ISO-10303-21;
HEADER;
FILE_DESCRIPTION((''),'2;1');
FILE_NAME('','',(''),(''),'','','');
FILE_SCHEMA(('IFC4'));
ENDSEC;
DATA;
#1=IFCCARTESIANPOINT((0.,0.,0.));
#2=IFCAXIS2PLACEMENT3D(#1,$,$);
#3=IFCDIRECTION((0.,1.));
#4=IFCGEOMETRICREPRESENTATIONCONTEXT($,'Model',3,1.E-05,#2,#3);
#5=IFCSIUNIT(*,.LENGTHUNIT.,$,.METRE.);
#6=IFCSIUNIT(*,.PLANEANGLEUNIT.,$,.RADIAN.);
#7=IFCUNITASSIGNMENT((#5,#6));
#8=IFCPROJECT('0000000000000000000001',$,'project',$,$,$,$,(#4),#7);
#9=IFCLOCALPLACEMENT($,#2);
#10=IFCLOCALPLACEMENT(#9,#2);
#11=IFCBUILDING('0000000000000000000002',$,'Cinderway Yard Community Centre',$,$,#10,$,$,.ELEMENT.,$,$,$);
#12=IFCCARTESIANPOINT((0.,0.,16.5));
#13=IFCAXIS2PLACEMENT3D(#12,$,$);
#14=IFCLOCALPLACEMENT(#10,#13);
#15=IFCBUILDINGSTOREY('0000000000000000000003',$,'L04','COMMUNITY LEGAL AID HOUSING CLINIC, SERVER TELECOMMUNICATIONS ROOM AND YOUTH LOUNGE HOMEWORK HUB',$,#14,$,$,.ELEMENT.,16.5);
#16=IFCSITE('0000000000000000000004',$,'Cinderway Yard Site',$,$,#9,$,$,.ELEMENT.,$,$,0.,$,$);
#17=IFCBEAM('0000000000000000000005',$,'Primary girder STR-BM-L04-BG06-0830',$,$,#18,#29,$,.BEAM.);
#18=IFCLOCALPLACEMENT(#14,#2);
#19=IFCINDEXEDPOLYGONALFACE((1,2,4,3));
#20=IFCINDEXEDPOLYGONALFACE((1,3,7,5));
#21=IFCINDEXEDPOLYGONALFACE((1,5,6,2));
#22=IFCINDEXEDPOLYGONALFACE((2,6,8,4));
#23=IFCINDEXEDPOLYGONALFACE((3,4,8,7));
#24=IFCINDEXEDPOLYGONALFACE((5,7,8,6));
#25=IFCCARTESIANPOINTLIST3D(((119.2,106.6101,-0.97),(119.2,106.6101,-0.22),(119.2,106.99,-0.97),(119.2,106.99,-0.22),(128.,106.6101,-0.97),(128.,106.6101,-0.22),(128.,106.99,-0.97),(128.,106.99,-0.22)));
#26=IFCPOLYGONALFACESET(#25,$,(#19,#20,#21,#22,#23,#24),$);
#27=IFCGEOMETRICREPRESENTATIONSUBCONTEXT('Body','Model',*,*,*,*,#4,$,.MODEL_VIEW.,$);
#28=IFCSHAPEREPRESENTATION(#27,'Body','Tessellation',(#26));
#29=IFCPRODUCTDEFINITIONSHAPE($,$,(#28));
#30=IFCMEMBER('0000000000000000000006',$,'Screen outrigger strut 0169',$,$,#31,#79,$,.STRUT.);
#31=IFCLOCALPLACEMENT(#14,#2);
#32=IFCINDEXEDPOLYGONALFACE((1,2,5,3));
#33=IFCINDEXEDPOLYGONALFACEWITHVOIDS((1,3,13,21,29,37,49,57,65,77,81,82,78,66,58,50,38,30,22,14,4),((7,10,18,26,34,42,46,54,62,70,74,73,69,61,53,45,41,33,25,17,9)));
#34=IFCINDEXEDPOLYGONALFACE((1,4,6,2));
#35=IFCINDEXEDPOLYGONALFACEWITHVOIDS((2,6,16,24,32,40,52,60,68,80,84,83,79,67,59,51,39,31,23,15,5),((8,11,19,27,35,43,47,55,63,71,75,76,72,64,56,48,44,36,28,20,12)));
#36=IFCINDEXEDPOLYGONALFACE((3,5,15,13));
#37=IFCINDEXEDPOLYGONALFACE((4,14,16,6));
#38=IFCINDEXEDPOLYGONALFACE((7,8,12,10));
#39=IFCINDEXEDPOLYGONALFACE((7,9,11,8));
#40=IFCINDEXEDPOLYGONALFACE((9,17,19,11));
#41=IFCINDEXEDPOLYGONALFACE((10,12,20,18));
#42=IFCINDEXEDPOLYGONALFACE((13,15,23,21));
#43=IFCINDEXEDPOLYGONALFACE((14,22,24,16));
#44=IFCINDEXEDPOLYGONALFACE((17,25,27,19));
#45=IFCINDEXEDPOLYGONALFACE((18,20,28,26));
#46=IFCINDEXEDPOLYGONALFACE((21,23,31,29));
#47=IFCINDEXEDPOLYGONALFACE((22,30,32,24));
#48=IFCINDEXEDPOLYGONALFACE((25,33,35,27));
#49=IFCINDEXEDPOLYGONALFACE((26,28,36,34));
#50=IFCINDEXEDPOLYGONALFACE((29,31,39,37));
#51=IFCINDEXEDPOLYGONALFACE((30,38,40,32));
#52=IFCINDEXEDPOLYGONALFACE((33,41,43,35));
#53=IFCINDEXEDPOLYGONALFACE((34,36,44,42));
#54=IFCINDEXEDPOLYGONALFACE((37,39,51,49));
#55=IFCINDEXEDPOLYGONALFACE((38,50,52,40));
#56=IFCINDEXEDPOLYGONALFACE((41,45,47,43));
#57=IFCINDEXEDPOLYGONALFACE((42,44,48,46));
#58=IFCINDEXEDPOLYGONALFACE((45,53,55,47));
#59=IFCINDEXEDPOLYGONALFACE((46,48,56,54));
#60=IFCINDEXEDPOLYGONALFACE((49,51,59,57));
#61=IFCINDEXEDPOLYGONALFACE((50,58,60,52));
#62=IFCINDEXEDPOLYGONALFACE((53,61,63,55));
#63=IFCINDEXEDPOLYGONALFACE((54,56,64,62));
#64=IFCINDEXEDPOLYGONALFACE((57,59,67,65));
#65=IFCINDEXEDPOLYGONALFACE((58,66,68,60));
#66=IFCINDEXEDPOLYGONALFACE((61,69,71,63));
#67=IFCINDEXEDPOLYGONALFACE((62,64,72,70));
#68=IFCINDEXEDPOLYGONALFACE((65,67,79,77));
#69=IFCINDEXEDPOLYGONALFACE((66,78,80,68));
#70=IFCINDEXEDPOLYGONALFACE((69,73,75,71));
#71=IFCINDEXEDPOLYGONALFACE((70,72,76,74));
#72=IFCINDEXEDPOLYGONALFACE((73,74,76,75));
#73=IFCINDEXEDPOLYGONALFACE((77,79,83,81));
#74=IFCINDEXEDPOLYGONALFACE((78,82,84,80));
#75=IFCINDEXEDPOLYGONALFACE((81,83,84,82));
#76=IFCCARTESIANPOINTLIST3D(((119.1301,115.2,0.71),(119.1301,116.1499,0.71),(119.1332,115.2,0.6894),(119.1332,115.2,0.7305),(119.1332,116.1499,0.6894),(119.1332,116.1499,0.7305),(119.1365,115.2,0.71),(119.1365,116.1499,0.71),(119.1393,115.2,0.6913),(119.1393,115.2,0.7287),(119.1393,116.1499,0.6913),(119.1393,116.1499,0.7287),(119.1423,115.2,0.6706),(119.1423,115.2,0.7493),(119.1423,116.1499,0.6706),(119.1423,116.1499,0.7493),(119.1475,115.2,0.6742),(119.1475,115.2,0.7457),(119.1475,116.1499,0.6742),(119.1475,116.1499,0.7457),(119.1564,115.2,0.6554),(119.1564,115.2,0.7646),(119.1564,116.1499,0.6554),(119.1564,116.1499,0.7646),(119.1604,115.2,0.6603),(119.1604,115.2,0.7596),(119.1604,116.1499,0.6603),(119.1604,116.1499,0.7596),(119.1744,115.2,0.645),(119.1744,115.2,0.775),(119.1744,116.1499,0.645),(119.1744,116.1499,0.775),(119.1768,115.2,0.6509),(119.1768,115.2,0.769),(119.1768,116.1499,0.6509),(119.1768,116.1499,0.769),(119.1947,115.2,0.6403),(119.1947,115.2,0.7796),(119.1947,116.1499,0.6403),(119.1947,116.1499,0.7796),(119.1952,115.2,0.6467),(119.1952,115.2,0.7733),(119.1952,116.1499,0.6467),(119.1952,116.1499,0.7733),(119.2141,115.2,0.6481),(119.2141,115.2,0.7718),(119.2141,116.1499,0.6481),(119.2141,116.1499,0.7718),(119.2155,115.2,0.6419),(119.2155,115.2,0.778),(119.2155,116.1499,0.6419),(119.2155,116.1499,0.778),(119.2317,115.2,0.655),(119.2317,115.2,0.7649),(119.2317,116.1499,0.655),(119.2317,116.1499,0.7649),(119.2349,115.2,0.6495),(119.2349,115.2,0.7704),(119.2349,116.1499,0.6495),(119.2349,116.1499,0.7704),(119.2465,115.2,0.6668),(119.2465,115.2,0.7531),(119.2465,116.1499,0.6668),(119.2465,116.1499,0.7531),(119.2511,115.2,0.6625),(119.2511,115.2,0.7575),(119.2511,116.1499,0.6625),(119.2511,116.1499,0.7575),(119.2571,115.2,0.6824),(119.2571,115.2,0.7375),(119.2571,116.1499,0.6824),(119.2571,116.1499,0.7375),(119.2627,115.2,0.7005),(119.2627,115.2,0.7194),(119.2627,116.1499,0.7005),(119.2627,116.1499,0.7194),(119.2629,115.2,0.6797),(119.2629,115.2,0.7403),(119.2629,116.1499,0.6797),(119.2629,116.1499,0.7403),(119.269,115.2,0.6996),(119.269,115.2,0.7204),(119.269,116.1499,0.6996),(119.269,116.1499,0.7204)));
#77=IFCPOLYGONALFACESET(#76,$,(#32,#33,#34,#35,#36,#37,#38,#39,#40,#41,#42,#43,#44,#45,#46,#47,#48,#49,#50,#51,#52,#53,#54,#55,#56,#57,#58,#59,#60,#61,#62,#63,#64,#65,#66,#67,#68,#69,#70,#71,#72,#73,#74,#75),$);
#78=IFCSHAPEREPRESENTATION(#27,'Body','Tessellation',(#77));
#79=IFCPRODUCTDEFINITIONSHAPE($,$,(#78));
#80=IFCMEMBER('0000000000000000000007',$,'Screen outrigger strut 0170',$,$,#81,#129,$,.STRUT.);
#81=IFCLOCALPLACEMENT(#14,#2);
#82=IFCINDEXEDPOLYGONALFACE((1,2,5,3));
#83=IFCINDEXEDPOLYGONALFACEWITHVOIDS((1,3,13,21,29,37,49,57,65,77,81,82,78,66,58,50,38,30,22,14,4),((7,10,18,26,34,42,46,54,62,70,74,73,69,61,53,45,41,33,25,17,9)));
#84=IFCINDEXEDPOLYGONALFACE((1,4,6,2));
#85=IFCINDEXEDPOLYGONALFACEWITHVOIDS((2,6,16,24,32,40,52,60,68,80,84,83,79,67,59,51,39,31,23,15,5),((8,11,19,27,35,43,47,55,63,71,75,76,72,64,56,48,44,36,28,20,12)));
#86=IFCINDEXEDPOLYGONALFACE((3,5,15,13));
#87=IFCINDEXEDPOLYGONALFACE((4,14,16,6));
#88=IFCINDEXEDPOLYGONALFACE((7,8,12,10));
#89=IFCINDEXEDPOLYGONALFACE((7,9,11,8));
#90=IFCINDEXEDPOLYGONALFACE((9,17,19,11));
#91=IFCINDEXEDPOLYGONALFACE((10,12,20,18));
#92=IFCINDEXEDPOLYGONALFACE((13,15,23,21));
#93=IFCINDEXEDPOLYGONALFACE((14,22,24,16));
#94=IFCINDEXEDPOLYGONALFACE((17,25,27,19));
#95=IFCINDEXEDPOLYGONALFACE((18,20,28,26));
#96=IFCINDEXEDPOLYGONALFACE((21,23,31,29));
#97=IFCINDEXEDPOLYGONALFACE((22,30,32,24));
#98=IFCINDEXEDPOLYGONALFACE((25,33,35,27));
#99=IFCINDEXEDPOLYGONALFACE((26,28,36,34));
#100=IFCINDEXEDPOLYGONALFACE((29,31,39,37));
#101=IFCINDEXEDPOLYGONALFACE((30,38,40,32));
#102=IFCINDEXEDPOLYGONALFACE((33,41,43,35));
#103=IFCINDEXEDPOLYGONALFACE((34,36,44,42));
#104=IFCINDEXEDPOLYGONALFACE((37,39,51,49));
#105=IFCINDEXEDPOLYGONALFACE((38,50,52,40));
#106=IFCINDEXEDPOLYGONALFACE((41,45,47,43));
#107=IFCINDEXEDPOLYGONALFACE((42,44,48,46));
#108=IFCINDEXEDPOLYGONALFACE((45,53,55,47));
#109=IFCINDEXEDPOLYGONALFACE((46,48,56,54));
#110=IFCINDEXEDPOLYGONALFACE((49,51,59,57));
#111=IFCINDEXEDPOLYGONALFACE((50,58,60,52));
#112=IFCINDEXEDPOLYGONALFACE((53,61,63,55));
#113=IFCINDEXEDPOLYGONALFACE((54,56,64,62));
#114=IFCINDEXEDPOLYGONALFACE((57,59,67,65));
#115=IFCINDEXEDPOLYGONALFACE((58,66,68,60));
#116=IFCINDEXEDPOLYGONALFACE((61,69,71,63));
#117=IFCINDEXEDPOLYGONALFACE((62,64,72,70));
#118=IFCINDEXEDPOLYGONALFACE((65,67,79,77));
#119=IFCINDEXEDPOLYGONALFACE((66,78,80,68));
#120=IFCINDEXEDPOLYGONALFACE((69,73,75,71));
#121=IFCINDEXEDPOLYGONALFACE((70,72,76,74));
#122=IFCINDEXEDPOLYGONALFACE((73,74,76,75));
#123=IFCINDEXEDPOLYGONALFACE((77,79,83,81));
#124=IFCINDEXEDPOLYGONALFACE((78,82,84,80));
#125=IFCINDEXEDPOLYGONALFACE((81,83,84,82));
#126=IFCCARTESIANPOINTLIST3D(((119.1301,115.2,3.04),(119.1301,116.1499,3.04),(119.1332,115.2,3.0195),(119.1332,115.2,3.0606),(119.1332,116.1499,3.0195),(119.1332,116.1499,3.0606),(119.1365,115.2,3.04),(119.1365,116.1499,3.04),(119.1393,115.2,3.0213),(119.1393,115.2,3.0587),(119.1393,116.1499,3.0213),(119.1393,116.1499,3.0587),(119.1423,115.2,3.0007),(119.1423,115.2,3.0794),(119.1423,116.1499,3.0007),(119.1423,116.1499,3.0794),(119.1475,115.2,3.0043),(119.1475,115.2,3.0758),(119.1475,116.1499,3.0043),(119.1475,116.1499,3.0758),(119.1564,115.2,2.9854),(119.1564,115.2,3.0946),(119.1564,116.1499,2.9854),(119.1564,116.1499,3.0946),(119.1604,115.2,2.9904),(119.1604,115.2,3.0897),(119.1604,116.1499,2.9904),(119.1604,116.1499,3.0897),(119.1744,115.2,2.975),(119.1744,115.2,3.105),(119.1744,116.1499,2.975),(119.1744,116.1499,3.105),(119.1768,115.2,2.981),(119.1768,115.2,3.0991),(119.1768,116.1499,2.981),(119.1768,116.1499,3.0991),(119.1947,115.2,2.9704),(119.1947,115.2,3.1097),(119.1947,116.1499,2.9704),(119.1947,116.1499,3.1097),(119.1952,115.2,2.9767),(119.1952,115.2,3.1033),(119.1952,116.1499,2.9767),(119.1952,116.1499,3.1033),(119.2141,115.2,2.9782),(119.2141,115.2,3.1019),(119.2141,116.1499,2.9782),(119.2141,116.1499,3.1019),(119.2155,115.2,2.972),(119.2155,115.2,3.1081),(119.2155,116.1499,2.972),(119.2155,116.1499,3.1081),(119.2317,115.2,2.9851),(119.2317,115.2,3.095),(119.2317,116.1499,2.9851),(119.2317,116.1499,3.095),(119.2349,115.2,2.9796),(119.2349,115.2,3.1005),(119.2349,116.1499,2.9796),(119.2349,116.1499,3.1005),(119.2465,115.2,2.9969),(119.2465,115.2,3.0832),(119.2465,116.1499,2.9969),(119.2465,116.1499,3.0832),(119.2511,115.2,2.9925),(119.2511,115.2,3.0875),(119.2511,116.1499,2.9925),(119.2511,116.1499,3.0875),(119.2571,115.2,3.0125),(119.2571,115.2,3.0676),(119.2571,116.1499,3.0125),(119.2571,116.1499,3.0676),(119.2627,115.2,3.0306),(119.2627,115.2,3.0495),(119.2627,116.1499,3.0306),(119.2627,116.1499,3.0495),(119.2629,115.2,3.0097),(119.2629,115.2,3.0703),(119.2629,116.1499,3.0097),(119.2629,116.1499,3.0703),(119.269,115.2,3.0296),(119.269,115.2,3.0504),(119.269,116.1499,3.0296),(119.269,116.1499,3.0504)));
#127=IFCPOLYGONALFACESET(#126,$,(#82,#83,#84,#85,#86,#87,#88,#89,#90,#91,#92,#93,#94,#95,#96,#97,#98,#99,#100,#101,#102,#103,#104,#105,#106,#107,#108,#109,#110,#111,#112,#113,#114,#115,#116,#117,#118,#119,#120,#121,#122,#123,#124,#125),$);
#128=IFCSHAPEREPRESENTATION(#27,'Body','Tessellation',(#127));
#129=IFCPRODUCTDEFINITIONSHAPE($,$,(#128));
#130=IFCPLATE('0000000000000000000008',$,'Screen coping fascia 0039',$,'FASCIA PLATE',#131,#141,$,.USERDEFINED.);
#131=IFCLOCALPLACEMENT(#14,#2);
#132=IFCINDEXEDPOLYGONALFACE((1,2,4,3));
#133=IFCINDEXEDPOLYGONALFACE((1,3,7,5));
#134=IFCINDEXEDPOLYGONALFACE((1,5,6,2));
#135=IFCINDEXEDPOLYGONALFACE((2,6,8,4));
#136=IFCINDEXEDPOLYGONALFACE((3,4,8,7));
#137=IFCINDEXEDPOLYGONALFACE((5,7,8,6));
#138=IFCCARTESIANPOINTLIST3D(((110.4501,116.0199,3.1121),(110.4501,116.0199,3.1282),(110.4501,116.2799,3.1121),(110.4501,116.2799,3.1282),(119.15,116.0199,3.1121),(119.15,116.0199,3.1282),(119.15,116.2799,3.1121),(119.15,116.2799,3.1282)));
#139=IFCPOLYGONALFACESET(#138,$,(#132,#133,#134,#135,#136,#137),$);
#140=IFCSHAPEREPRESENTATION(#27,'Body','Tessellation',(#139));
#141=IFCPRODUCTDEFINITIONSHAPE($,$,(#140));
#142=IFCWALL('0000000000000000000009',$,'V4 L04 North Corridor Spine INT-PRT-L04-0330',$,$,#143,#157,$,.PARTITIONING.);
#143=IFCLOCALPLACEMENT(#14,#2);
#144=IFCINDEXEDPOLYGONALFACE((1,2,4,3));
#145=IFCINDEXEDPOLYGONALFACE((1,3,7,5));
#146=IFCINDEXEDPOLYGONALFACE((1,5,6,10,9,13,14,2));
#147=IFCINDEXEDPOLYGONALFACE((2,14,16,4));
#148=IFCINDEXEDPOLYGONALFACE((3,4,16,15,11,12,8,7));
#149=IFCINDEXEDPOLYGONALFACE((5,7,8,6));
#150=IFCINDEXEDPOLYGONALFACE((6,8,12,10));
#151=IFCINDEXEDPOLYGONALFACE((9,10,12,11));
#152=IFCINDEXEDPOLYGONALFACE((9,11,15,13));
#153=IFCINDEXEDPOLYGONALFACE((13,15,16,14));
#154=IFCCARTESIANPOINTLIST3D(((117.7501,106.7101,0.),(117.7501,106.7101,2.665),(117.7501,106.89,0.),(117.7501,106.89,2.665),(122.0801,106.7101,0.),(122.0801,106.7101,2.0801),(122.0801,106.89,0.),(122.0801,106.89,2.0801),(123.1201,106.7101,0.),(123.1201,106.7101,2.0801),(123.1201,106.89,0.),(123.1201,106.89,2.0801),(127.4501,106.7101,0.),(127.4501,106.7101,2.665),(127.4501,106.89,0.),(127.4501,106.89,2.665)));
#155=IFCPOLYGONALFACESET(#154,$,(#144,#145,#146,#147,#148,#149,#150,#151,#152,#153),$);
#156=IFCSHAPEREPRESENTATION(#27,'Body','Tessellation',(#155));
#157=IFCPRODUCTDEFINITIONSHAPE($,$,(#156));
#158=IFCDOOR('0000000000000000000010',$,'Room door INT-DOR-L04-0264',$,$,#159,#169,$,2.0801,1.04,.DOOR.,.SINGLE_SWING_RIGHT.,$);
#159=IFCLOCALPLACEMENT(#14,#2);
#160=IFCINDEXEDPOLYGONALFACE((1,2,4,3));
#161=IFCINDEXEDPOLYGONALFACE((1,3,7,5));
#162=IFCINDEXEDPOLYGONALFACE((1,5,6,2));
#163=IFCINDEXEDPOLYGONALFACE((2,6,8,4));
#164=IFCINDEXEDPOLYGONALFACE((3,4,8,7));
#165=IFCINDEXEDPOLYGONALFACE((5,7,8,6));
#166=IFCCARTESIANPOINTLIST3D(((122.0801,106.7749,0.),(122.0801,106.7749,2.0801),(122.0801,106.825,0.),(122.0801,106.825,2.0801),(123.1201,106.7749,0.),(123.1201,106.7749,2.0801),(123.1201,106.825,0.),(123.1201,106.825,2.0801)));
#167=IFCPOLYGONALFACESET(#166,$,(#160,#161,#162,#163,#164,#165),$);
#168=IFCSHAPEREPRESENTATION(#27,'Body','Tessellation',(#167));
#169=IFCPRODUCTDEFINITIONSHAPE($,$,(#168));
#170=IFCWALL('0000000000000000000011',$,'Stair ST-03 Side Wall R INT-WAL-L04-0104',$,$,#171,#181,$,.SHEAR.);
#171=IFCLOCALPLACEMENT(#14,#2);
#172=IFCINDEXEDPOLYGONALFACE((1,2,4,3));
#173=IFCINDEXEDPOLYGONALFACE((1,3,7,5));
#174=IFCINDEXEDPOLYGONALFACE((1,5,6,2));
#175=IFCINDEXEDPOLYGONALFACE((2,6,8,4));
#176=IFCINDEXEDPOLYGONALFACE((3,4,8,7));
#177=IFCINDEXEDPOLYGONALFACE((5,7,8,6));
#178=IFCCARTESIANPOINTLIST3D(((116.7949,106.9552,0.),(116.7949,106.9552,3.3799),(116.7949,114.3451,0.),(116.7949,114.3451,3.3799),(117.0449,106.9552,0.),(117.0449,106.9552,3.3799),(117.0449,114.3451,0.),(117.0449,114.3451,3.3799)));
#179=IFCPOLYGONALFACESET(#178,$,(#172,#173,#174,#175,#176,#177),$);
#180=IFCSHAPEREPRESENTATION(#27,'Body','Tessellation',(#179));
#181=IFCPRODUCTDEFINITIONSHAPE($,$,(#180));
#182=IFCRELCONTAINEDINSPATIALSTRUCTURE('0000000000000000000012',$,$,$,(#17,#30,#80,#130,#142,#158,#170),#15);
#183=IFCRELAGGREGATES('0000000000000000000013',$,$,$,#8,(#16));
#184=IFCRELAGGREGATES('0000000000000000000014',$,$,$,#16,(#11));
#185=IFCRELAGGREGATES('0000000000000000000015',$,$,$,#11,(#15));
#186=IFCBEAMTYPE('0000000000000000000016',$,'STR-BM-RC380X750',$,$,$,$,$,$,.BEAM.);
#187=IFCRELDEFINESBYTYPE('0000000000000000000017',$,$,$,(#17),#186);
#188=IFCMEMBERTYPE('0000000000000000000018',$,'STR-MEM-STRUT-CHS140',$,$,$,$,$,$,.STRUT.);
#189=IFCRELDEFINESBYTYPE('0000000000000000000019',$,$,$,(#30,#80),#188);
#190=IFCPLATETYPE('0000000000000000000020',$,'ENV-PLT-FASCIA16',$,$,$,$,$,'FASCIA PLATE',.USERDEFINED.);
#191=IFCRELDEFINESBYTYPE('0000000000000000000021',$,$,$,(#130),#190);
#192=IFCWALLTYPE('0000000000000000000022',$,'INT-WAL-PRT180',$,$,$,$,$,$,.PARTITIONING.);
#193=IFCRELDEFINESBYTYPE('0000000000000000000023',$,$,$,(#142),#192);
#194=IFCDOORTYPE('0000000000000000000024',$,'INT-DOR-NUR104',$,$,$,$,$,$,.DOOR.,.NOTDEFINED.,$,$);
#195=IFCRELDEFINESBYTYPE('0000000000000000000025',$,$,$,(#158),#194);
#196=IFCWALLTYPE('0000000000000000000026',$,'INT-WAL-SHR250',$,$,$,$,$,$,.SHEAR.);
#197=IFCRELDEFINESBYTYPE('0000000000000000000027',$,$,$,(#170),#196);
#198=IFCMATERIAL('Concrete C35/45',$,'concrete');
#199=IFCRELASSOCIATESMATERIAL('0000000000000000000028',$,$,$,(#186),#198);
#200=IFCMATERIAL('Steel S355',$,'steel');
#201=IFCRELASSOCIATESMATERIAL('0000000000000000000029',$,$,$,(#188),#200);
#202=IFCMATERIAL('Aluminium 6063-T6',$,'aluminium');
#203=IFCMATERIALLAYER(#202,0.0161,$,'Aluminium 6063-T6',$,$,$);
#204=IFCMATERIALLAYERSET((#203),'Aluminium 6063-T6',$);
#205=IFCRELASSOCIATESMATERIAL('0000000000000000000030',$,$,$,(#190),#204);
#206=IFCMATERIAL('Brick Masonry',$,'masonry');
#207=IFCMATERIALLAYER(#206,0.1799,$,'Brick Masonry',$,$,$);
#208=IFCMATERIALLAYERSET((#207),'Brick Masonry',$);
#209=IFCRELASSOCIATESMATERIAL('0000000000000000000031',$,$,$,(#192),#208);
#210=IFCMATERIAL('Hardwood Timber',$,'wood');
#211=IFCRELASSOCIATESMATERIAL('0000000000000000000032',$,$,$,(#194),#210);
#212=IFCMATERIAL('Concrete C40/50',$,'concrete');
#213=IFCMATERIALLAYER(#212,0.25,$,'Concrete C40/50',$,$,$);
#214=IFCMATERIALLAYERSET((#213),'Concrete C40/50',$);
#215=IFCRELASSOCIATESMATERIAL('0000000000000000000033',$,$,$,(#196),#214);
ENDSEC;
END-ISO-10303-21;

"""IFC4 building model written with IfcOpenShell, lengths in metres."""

from ifc_helpers import new_model, si_unit, direction, frame, frame_2d, origin, origin_2d, place, context, subcontext, project, spatial, rectangle, hollow_circle, extrude, material, layer, layer_set, material_profile, profile_set, type_object, element, fill, save


model = new_model("IFC4")

# Units and contexts
model_context = context("Model", 3, precision=1e-05, world=origin(), true_north=direction((0.0, 1.0)))
body_context = subcontext(model_context, "Body", "Model", "MODEL_VIEW")
ifc_project = project(units=[si_unit("LENGTHUNIT", "METRE"), si_unit("PLANEANGLEUNIT", "RADIAN")], contexts=[model_context])

# Site, building, storey
site_placement = place(None, origin())
site = spatial("IfcSite", under=ifc_project, at=site_placement, Name="Cinderway Yard Site", CompositionType="ELEMENT", RefElevation=0.0)
building_placement = place(site_placement, origin())
building = spatial("IfcBuilding", under=site, at=building_placement, Name="Cinderway Yard Community Centre", CompositionType="ELEMENT")
storey_placement = place(building_placement, frame((0.0, 0.0, 16.5)))
storey = spatial("IfcBuildingStorey", under=building, at=storey_placement, Name="L04", Description="COMMUNITY LEGAL AID HOUSING CLINIC, SERVER TELECOMMUNICATIONS ROOM AND YOUTH LOUNGE HOMEWORK HUB", CompositionType="ELEMENT", Elevation=16.5)

# Shared definitions
ifc_material_1 = material(Name="Concrete C40/50", Category="concrete")

# Shared definitions
ifc_material_2 = material(Name="Steel S355", Category="steel")

# Beam
ifc_material_3 = material(Name="Concrete C35/45", Category="concrete")
ifc_material_profile_1 = material_profile(ifc_material_3, rectangle(XDim=0.3799, YDim=0.75, at=origin_2d()), Name="Concrete C35/45")
ifc_profile_set_1 = profile_set([ifc_material_profile_1], Name="Concrete C35/45")
beam_type_1 = type_object("IfcBeamType", Name="STR-BM-RC380X750", PredefinedType="BEAM", material=ifc_profile_set_1)
beam_1_placement = place(storey_placement, frame((119.2, 106.8, -0.595), z_axis=(1.0, 0.0, 0.0), x_axis=(0.0, 1.0, 0.0)))
element("IfcBeam", 1, at=beam_1_placement, inside=storey, type_object=beam_type_1, Name="Primary girder STR-BM-L04-BG06-0830", PredefinedType="BEAM", context=body_context, shape_type="SweptSolid", body=[
    extrude(rectangle(XDim=0.3799, YDim=0.75, at=origin_2d()), origin(), (0.0, 0.0, 1.0), 8.8),
])

# Members
ifc_material_profile_2 = material_profile(ifc_material_2, hollow_circle(Radius=0.0698, WallThickness=0.0063, at=origin_2d()), Name="Steel S355")
ifc_profile_set_2 = profile_set([ifc_material_profile_2], Name="Steel S355")
member_type_1 = type_object("IfcMemberType", Name="STR-MEM-STRUT-CHS140", PredefinedType="STRUT", material=ifc_profile_set_2)
for number, where, z_axis, x_axis, name in (
    (2, (119.2, 115.2, 0.71), (0.0, 1.0, 0.0), (-1.0, 0.0, 0.0), "Screen outrigger strut 0169"),
    (3, (119.2, 115.2, 3.04), (0.0, 1.0, 0.0), (-1.0, 0.0, 0.0), "Screen outrigger strut 0170"),
):
    element("IfcMember", number, at=place(storey_placement, frame(where, z_axis=z_axis, x_axis=x_axis)), inside=storey, type_object=member_type_1, Name=name, PredefinedType="STRUT", context=body_context, shape_type="SweptSolid", body=[
        extrude(hollow_circle(Radius=0.0698, WallThickness=0.0063, at=origin_2d()), origin(), (0.0, 0.0, 1.0), 0.95),
    ])

# Plate
ifc_material_4 = material(Name="Aluminium 6063-T6", Category="aluminium")
ifc_layer_1 = layer(ifc_material_4, 0.0161, Name="Aluminium 6063-T6")
ifc_layer_set_1 = layer_set([ifc_layer_1], Name="Aluminium 6063-T6")
plate_type = type_object("IfcPlateType", Name="ENV-PLT-FASCIA16", ElementType="FASCIA PLATE", PredefinedType="USERDEFINED", material=ifc_layer_set_1)
plate_placement = place(storey_placement, frame((114.8, 116.1499, 3.1121), z_axis=(0.0, 0.0, 1.0), x_axis=(1.0, 0.0, 0.0)))
element("IfcPlate", 4, at=plate_placement, inside=storey, type_object=plate_type, Name="Screen coping fascia 0039", ObjectType="FASCIA PLATE", PredefinedType="USERDEFINED", context=body_context, shape_type="SweptSolid", body=[
    extrude(rectangle(XDim=8.7, YDim=0.26, at=origin_2d()), origin(), (0.0, 0.0, 1.0), 0.0161),
])

# Wall, opening, door
ifc_material_5 = material(Name="Brick Masonry", Category="masonry")
ifc_layer_2 = layer(ifc_material_5, 0.1799, Name="Brick Masonry")
ifc_layer_set_2 = layer_set([ifc_layer_2], Name="Brick Masonry")
wall_type_1 = type_object("IfcWallType", Name="INT-WAL-PRT180", PredefinedType="PARTITIONING", material=ifc_layer_set_2)
wall_1_placement = place(storey_placement, frame((117.75, 106.8, 0.0), z_axis=(0.0, 0.0, 1.0), x_axis=(1.0, 0.0, 0.0)))
wall_1 = element("IfcWall", 5, at=wall_1_placement, inside=storey, type_object=wall_type_1, Name="V4 L04 North Corridor Spine INT-PRT-L04-0330", PredefinedType="PARTITIONING", context=body_context, shape_type="SweptSolid", body=[
    extrude(rectangle(XDim=9.7, YDim=0.1799, at=frame_2d((4.8501, 0.0))), origin(), (0.0, 0.0, 1.0), 2.665),
])
opening_1_placement = place(wall_1_placement, frame((4.3301, 0.0, 0.0)))
opening_1 = element("IfcOpeningElement", 6, at=opening_1_placement, cuts=wall_1, PredefinedType="OPENING", context=body_context, shape_type="SweptSolid", body=[
    extrude(rectangle(XDim=1.04, YDim=2.0801, at=frame_2d((0.52, 1.04))), frame((0.0, 0.0999, 0.0), z_axis=(0.0, -1.0, 0.0), x_axis=(1.0, 0.0, 0.0)), (0.0, 0.0, 1.0), 0.2),
])
ifc_material_6 = material(Name="Hardwood Timber", Category="wood")
door_type_1 = type_object("IfcDoorType", Name="INT-DOR-NUR104", OperationType="NOTDEFINED", PredefinedType="DOOR", material=ifc_material_6)
door_1_placement = place(opening_1_placement, origin())
door_1 = element("IfcDoor", 7, at=door_1_placement, inside=storey, type_object=door_type_1, Name="Room door INT-DOR-L04-0264", OperationType="SINGLE_SWING_RIGHT", OverallHeight=2.0801, OverallWidth=1.04, PredefinedType="DOOR", context=body_context, shape_type="SweptSolid", body=[
    extrude(rectangle(XDim=1.04, YDim=2.0801, at=frame_2d((0.52, 1.04))), frame((0.0, 0.0249, 0.0), z_axis=(0.0, -1.0, 0.0), x_axis=(1.0, 0.0, 0.0)), (0.0, 0.0, 1.0), 0.05),
])
fill(opening_1, door_1)
ifc_layer_3 = layer(ifc_material_1, 0.25, Name="Concrete C40/50")
ifc_layer_set_3 = layer_set([ifc_layer_3], Name="Concrete C40/50")
wall_type_2 = type_object("IfcWallType", Name="INT-WAL-SHR250", PredefinedType="SHEAR", material=ifc_layer_set_3)

# Wall
wall_2_placement = place(storey_placement, frame((116.9199, 114.345, 0.0), z_axis=(0.0, 0.0, 1.0), x_axis=(0.0, -1.0, 0.0)))
element("IfcWall", 8, at=wall_2_placement, inside=storey, type_object=wall_type_2, Name="Stair ST-03 Side Wall R INT-WAL-L04-0104", PredefinedType="SHEAR", context=body_context, shape_type="SweptSolid", body=[
    extrude(rectangle(XDim=7.3899, YDim=0.25, at=frame_2d((3.6948, 0.0))), origin(), (0.0, 0.0, 1.0), 3.3799),
])

save(model, "model.ifc")
